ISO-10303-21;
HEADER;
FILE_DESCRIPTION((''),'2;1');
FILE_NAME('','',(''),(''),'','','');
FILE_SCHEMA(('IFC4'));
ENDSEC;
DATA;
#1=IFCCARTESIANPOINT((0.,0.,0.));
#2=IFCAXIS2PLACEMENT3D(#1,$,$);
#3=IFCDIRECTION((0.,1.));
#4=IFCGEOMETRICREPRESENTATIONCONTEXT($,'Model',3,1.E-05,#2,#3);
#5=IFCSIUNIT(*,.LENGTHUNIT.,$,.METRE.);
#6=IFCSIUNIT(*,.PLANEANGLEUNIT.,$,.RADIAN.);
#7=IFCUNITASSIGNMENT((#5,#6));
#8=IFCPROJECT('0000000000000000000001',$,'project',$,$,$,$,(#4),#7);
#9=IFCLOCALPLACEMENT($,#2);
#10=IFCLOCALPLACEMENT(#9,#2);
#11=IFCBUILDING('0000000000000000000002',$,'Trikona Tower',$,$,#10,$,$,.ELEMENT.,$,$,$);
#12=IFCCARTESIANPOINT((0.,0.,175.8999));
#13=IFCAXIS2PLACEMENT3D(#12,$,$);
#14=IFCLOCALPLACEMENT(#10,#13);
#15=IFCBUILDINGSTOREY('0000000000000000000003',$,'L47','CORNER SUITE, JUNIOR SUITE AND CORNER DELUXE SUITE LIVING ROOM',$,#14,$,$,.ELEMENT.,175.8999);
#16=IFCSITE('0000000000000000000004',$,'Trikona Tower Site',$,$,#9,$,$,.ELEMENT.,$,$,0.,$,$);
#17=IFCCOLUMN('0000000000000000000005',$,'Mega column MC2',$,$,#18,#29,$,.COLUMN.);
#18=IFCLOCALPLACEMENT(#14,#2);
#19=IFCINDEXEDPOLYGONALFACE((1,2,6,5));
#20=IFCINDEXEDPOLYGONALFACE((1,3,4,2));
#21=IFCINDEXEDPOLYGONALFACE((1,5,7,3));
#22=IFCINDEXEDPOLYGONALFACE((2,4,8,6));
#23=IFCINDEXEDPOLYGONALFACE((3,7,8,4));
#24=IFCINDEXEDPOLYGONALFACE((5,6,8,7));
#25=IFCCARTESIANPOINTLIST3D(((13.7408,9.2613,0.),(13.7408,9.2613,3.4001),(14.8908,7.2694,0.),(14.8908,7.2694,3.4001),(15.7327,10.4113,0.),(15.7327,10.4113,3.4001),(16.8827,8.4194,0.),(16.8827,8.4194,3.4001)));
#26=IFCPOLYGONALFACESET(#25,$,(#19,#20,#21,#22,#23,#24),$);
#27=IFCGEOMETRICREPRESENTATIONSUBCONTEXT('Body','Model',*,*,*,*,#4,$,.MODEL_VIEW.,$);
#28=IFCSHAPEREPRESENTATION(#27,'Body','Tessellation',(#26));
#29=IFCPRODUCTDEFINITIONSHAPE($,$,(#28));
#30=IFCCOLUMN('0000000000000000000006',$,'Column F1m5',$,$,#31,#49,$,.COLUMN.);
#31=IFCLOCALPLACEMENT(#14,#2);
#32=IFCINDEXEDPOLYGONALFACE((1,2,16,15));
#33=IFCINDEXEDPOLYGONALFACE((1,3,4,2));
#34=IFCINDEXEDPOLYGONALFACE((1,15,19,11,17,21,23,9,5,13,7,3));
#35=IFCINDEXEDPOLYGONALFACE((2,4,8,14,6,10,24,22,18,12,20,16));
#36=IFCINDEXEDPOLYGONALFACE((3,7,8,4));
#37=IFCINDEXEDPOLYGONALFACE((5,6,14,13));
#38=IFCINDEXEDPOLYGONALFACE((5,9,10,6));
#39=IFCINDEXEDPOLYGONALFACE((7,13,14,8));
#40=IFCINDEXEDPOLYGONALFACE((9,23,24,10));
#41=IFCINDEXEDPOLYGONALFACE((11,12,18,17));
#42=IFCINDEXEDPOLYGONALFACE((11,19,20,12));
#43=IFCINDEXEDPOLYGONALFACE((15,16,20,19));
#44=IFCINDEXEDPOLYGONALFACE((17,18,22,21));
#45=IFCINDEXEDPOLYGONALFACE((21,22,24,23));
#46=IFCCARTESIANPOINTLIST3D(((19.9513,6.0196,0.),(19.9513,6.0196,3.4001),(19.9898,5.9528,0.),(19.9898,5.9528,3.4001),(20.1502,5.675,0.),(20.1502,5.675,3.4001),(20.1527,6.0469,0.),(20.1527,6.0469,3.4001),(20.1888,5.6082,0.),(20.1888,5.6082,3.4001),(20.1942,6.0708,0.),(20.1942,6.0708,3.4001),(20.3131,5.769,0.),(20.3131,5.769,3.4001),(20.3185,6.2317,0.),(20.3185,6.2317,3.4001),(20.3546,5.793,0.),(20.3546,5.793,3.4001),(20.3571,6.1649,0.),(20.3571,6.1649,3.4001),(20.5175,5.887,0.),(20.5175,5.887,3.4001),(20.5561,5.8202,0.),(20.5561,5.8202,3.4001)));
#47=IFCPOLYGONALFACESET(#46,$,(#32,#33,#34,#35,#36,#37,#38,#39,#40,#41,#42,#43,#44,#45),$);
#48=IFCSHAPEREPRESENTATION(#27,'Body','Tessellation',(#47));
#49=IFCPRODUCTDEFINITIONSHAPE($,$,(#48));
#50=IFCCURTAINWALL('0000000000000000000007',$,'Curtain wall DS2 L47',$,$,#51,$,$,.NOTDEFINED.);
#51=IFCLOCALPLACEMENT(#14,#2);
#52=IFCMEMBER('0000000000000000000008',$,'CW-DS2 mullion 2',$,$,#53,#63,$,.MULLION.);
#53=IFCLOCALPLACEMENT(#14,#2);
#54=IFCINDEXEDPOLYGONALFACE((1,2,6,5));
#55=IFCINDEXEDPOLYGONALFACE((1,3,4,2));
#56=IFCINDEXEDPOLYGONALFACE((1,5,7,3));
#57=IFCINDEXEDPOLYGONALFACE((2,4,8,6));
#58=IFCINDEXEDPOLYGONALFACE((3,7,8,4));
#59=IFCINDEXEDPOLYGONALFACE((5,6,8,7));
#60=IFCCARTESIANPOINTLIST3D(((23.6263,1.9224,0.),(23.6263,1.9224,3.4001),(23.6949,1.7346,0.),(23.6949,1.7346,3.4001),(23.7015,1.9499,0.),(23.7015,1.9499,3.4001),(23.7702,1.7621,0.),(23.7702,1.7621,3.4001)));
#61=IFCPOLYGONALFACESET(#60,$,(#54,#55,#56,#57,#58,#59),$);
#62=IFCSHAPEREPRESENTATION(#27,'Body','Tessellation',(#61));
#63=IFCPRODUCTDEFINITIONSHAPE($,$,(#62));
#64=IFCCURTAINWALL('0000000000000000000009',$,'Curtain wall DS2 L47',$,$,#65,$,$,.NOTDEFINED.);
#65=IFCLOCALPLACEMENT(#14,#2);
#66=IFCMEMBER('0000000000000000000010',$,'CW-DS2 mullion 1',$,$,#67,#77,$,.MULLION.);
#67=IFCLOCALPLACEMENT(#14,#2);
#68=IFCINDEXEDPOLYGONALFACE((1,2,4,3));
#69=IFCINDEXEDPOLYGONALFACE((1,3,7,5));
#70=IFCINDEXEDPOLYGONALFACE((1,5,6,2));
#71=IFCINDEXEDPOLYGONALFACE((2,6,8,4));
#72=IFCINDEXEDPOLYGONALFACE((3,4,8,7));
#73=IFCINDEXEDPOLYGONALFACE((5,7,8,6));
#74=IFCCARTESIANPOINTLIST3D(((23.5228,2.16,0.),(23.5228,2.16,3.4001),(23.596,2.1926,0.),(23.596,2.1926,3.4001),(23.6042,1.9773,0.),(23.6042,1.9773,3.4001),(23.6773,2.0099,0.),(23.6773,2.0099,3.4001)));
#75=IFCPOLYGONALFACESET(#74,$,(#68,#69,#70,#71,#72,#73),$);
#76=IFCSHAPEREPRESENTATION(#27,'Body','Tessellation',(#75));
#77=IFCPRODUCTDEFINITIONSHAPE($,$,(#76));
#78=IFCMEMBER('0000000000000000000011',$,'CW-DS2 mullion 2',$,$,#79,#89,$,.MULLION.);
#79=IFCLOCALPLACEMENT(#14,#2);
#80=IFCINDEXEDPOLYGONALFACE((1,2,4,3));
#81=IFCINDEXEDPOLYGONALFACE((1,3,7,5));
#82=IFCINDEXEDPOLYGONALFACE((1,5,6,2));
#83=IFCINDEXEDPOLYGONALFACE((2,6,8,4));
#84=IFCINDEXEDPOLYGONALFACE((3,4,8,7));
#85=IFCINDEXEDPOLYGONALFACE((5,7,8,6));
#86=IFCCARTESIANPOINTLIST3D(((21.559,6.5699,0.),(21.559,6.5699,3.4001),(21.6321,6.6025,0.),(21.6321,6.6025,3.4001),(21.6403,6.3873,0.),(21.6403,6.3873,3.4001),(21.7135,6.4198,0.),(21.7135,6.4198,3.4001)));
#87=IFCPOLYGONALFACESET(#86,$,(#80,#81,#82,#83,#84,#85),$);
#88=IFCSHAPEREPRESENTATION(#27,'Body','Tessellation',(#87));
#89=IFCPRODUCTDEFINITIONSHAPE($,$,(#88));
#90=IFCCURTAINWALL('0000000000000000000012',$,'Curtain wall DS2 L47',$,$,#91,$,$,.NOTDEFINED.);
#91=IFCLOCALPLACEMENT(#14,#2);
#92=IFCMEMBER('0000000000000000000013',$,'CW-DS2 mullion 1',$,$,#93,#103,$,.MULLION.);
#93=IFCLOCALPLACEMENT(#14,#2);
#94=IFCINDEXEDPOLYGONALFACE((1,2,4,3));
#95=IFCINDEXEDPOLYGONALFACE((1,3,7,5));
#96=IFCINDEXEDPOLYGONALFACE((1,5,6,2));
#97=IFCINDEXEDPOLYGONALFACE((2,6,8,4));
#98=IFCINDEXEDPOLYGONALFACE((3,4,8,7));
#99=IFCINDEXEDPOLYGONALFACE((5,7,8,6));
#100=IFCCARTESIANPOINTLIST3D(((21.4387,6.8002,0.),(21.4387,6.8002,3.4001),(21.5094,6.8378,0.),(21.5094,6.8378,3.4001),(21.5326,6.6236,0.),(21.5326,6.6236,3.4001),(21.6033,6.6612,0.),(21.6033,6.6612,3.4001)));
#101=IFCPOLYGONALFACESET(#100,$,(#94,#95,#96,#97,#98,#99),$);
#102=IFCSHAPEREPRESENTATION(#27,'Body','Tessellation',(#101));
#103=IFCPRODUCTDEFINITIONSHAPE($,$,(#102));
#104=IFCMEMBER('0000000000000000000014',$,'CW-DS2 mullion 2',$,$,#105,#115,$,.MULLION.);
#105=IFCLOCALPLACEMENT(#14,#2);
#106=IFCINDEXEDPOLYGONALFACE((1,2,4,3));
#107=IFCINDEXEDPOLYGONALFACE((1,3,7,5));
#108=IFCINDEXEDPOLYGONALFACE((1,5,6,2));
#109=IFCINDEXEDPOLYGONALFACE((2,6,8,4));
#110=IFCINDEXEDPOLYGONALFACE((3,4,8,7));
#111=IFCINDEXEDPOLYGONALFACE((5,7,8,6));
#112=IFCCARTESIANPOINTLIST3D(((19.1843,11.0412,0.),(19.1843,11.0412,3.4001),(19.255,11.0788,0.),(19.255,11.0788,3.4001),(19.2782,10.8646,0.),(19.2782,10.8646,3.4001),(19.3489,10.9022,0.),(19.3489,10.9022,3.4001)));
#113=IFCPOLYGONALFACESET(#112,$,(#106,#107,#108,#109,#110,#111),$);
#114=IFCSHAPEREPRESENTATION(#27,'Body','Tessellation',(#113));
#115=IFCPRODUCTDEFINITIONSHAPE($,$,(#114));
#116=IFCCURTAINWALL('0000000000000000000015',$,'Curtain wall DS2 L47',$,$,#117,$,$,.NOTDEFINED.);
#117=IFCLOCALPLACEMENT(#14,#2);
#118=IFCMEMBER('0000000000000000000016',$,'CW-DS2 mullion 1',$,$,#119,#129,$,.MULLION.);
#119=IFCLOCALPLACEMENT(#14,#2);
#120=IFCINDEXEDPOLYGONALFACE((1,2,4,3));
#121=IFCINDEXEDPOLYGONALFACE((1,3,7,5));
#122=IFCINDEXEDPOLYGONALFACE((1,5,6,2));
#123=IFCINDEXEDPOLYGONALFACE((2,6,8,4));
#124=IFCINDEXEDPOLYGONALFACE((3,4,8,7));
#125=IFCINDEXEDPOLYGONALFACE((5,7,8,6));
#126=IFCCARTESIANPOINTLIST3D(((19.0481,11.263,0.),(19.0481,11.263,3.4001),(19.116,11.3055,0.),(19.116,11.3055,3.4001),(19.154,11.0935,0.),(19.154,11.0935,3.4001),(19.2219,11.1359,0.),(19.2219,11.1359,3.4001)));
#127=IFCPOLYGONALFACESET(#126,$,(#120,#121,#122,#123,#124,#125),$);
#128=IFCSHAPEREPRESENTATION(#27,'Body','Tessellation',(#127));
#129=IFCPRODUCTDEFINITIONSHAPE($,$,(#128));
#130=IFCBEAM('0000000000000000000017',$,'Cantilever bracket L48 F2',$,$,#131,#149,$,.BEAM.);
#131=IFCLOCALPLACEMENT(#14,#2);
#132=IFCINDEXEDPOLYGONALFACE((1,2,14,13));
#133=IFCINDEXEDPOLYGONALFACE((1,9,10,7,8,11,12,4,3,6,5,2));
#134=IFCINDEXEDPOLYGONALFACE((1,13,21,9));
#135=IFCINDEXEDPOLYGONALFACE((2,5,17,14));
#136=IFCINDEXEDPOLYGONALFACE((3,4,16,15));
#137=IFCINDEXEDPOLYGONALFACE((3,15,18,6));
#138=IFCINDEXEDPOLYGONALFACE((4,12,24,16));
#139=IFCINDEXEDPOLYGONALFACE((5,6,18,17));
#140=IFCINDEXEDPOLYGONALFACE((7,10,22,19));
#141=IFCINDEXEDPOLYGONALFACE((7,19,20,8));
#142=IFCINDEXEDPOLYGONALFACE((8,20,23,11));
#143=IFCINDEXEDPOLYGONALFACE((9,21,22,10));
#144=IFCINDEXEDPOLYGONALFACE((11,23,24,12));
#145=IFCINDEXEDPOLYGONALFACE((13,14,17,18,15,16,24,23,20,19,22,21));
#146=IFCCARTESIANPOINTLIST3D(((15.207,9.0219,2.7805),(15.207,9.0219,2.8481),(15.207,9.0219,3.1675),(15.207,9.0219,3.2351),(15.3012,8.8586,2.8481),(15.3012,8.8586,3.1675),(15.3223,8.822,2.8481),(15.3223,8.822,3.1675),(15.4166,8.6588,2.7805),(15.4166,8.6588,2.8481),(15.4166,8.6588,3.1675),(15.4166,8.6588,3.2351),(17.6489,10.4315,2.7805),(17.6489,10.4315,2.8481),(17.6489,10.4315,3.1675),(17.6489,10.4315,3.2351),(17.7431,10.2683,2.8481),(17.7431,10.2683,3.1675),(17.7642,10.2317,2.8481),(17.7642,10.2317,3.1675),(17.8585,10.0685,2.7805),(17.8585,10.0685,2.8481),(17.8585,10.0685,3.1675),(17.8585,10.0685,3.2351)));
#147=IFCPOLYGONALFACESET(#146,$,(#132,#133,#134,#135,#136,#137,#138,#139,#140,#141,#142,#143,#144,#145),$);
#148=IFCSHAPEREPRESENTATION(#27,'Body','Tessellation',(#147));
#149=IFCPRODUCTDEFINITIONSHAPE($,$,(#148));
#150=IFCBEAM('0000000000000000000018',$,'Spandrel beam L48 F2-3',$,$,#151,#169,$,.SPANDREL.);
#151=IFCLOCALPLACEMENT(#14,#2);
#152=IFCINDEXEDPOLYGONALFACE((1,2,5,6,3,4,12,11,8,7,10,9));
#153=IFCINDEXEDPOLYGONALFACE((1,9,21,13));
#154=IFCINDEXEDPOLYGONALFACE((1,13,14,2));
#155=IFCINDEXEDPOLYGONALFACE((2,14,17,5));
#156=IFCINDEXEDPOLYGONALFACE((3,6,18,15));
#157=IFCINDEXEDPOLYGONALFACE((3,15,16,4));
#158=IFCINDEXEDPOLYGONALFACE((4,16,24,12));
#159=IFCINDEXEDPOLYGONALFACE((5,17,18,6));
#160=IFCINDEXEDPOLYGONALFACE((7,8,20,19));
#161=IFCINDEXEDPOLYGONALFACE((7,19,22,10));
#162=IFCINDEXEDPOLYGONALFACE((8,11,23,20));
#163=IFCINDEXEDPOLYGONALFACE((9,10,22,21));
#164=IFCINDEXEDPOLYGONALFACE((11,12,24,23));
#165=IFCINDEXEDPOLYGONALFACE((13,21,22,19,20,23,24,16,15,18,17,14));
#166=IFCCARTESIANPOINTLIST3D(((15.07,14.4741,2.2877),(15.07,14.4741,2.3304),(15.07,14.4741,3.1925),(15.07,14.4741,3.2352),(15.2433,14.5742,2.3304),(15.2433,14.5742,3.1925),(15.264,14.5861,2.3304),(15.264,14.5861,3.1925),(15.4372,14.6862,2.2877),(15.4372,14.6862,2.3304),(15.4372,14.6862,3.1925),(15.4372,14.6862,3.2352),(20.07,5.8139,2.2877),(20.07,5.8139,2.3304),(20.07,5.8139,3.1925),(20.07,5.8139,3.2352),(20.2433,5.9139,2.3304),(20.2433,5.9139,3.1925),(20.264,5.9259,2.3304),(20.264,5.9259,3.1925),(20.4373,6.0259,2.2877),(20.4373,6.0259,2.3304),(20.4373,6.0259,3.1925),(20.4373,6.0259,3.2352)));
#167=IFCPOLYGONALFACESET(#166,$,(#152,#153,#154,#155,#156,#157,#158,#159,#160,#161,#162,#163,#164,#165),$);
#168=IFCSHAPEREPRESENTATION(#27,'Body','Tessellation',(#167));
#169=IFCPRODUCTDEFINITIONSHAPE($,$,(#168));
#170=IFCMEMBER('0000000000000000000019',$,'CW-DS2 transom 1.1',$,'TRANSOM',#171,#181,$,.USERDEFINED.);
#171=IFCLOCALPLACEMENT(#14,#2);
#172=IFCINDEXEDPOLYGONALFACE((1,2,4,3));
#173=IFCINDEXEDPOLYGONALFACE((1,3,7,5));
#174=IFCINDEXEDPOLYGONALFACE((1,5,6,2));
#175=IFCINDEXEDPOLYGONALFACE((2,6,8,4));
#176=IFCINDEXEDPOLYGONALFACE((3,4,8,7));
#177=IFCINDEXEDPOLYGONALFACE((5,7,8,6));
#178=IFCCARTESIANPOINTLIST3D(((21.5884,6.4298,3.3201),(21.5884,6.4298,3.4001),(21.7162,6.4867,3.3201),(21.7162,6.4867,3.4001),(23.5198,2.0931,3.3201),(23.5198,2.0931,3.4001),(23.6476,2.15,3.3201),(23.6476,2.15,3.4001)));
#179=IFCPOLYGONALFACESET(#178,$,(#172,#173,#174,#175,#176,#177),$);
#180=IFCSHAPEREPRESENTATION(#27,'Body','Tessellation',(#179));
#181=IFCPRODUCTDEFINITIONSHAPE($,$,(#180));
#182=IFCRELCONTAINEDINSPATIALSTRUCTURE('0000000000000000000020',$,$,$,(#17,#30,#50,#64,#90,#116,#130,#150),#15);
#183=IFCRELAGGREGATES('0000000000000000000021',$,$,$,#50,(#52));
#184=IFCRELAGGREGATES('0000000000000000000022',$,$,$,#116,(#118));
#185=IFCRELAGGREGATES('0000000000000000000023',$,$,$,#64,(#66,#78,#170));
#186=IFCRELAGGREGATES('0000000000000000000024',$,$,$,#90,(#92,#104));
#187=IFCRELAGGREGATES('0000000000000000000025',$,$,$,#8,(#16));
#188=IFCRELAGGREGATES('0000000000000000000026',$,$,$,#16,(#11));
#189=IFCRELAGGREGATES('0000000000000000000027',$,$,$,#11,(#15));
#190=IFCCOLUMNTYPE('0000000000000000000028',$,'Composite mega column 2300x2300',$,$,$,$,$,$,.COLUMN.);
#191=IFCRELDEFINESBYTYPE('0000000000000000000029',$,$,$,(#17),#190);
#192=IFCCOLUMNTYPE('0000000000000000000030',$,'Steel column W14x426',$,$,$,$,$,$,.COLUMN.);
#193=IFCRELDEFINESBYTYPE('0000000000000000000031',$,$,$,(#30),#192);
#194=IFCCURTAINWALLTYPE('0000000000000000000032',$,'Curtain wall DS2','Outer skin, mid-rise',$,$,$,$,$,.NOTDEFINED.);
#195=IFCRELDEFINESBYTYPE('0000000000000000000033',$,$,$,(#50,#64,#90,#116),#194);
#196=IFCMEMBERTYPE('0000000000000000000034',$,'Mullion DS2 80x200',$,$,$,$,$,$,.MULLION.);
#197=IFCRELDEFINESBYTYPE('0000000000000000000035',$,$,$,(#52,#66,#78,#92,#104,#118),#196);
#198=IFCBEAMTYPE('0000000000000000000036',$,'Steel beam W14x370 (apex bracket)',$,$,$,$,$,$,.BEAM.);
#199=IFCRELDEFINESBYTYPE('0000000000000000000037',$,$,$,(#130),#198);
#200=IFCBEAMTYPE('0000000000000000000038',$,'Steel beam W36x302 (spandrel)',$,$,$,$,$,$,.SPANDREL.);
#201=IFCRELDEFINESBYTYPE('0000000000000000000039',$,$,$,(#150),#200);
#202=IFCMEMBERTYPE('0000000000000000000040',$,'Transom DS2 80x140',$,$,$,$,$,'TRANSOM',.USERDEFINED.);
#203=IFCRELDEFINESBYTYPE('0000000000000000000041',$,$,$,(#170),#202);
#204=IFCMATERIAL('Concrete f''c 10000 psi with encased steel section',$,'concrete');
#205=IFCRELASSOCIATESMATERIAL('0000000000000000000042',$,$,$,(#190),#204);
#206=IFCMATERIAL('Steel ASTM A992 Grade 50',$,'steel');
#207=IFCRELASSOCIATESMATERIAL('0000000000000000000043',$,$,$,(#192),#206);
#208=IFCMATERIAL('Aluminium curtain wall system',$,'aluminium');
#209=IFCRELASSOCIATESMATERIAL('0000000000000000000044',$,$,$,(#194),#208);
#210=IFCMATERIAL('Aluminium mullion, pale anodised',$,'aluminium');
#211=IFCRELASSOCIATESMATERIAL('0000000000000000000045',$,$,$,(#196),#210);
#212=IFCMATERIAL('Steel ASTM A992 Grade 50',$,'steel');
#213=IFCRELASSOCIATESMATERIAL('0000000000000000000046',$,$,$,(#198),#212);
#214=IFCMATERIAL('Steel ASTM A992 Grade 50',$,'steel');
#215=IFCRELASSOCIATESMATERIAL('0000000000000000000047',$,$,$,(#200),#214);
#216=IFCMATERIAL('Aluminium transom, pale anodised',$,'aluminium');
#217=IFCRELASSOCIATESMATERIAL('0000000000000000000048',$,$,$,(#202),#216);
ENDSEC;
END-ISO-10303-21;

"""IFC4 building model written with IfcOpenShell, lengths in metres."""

from ifc_helpers import new_model, si_unit, direction, frame, origin, origin_2d, place, context, subcontext, project, spatial, rectangle, i_section, extrude, material, material_profile, profile_set, type_object, element, aggregate, save


model = new_model("IFC4")

# Units and contexts
model_context = context("Model", 3, precision=1e-05, world=origin(), true_north=direction((0.0, 1.0)))
body_context = subcontext(model_context, "Body", "Model", "MODEL_VIEW")
ifc_project = project(units=[si_unit("LENGTHUNIT", "METRE"), si_unit("PLANEANGLEUNIT", "RADIAN")], contexts=[model_context])

# Site, building, storey
site_placement = place(None, origin())
site = spatial("IfcSite", under=ifc_project, at=site_placement, Name="Trikona Tower Site", CompositionType="ELEMENT", RefElevation=0.0)
building_placement = place(site_placement, origin())
building = spatial("IfcBuilding", under=site, at=building_placement, Name="Trikona Tower", CompositionType="ELEMENT")
storey_placement = place(building_placement, frame((0.0, 0.0, 175.8999)))
storey = spatial("IfcBuildingStorey", under=building, at=storey_placement, Name="L47", Description="CORNER SUITE, JUNIOR SUITE AND CORNER DELUXE SUITE LIVING ROOM", CompositionType="ELEMENT", Elevation=175.8999)

# Columns
ifc_material_1 = material(Name="Concrete f'c 10000 psi with encased steel section", Category="concrete")
ifc_material_profile_1 = material_profile(ifc_material_1, rectangle(XDim=2.3, YDim=2.3, at=origin_2d()), Name="MC2300")
ifc_profile_set_1 = profile_set([ifc_material_profile_1], Name="Concrete f'c 10000 psi with encased steel section")
column_type_1 = type_object("IfcColumnType", Name="Composite mega column 2300x2300", PredefinedType="COLUMN", material=ifc_profile_set_1)
column_1_placement = place(storey_placement, frame((15.3118, 8.8403, 0.0), z_axis=(0.0, 0.0, 1.0), x_axis=(0.866025, 0.5, 0.0)))
element("IfcColumn", 1, at=column_1_placement, inside=storey, type_object=column_type_1, Name="Mega column MC2", PredefinedType="COLUMN", context=body_context, shape_type="SweptSolid", body=[
    extrude(rectangle(XDim=2.3, YDim=2.3, at=origin_2d()), origin(), (0.0, 0.0, 1.0), 3.4001),
])
ifc_material_2 = material(Name="Steel ASTM A992 Grade 50", Category="steel")
ifc_material_profile_2 = material_profile(ifc_material_2, i_section(OverallWidth=0.4241, OverallDepth=0.4751, WebThickness=0.0479, FlangeThickness=0.0771, at=origin_2d()), Name="W14X426")
ifc_profile_set_2 = profile_set([ifc_material_profile_2], Name="Steel ASTM A992 Grade 50")
column_type_2 = type_object("IfcColumnType", Name="Steel column W14x426", PredefinedType="COLUMN", material=ifc_profile_set_2)
column_2_placement = place(storey_placement, frame((20.2537, 5.9199, 0.0), z_axis=(0.0, 0.0, 1.0), x_axis=(0.866025, 0.5, 0.0)))
element("IfcColumn", 2, at=column_2_placement, inside=storey, type_object=column_type_2, Name="Column F1m5", PredefinedType="COLUMN", context=body_context, shape_type="SweptSolid", body=[
    extrude(i_section(OverallWidth=0.4241, OverallDepth=0.4751, WebThickness=0.0479, FlangeThickness=0.0771, at=origin_2d()), origin(), (0.0, 0.0, 1.0), 3.4001),
])

# Curtain wall, member
ifc_material_3 = material(Name="Aluminium curtain wall system", Category="aluminium")
curtain_wall_type = type_object("IfcCurtainWallType", Name="Curtain wall DS2", Description="Outer skin, mid-rise", PredefinedType="NOTDEFINED", material=ifc_material_3)
curtain_wall_1_placement = place(storey_placement, origin())
curtain_wall_1 = element("IfcCurtainWall", 3, at=curtain_wall_1_placement, inside=storey, type_object=curtain_wall_type, Name="Curtain wall DS2 L47", PredefinedType="NOTDEFINED")
ifc_material_4 = material(Name="Aluminium mullion, pale anodised", Category="aluminium")
ifc_material_profile_3 = material_profile(ifc_material_4, rectangle(XDim=0.0801, YDim=0.2, at=origin_2d()), Name="MUL-DS2")
ifc_profile_set_3 = profile_set([ifc_material_profile_3], Name="Aluminium mullion, pale anodised")
member_type_1 = type_object("IfcMemberType", Name="Mullion DS2 80x200", PredefinedType="MULLION", material=ifc_profile_set_3)
member_1_placement = place(storey_placement, frame((23.6982, 1.8423, 0.0), z_axis=(0.0, 0.0, 1.0), x_axis=(-0.939254, -0.343223, 0.0)))
member_1 = element("IfcMember", 4, at=member_1_placement, type_object=member_type_1, Name="CW-DS2 mullion 2", PredefinedType="MULLION", context=body_context, shape_type="SweptSolid", body=[
    extrude(rectangle(XDim=0.0801, YDim=0.2, at=origin_2d()), origin(), (0.0, 0.0, 1.0), 3.4001),
])
aggregate(curtain_wall_1, [member_1])

# Curtain walls, members
curtain_wall_2_placement = place(storey_placement, origin())
curtain_wall_2 = element("IfcCurtainWall", 5, at=curtain_wall_2_placement, inside=storey, type_object=curtain_wall_type, Name="Curtain wall DS2 L47", PredefinedType="NOTDEFINED")
member_2_placement = place(storey_placement, frame((23.6001, 2.085, 0.0), z_axis=(0.0, 0.0, 1.0), x_axis=(-0.913501, -0.406836, 0.0)))
member_2 = element("IfcMember", 6, at=member_2_placement, type_object=member_type_1, Name="CW-DS2 mullion 1", PredefinedType="MULLION", context=body_context, shape_type="SweptSolid", body=[
    extrude(rectangle(XDim=0.0801, YDim=0.2, at=origin_2d()), origin(), (0.0, 0.0, 1.0), 3.4001),
])
member_3_placement = place(storey_placement, frame((21.6362, 6.4949, 0.0), z_axis=(0.0, 0.0, 1.0), x_axis=(-0.913501, -0.406836, 0.0)))
member_3 = element("IfcMember", 7, at=member_3_placement, type_object=member_type_1, Name="CW-DS2 mullion 2", PredefinedType="MULLION", context=body_context, shape_type="SweptSolid", body=[
    extrude(rectangle(XDim=0.0801, YDim=0.2, at=origin_2d()), origin(), (0.0, 0.0, 1.0), 3.4001),
])
curtain_wall_3_placement = place(storey_placement, origin())
curtain_wall_3 = element("IfcCurtainWall", 8, at=curtain_wall_3_placement, inside=storey, type_object=curtain_wall_type, Name="Curtain wall DS2 L47", PredefinedType="NOTDEFINED")
member_4_placement = place(storey_placement, frame((21.521, 6.7307, 0.0), z_axis=(0.0, 0.0, 1.0), x_axis=(-0.882996, -0.46938, 0.0)))
member_4 = element("IfcMember", 9, at=member_4_placement, type_object=member_type_1, Name="CW-DS2 mullion 1", PredefinedType="MULLION", context=body_context, shape_type="SweptSolid", body=[
    extrude(rectangle(XDim=0.0801, YDim=0.2, at=origin_2d()), origin(), (0.0, 0.0, 1.0), 3.4001),
])
member_5_placement = place(storey_placement, frame((19.2666, 10.9717, 0.0), z_axis=(0.0, 0.0, 1.0), x_axis=(-0.882996, -0.46938, 0.0)))
member_5 = element("IfcMember", 10, at=member_5_placement, type_object=member_type_1, Name="CW-DS2 mullion 2", PredefinedType="MULLION", context=body_context, shape_type="SweptSolid", body=[
    extrude(rectangle(XDim=0.0801, YDim=0.2, at=origin_2d()), origin(), (0.0, 0.0, 1.0), 3.4001),
])

# Curtain wall, member
curtain_wall_4_placement = place(storey_placement, origin())
curtain_wall_4 = element("IfcCurtainWall", 11, at=curtain_wall_4_placement, inside=storey, type_object=curtain_wall_type, Name="Curtain wall DS2 L47", PredefinedType="NOTDEFINED")
member_6_placement = place(storey_placement, frame((19.135, 11.1995, 0.0), z_axis=(0.0, 0.0, 1.0), x_axis=(-0.847998, -0.529999, 0.0)))
member_6 = element("IfcMember", 12, at=member_6_placement, type_object=member_type_1, Name="CW-DS2 mullion 1", PredefinedType="MULLION", context=body_context, shape_type="SweptSolid", body=[
    extrude(rectangle(XDim=0.0801, YDim=0.2, at=origin_2d()), origin(), (0.0, 0.0, 1.0), 3.4001),
])

# Beams
ifc_material_5 = material(Name="Steel ASTM A992 Grade 50", Category="steel")
ifc_material_profile_4 = material_profile(ifc_material_5, i_section(OverallWidth=0.4192, OverallDepth=0.4546, WebThickness=0.0422, FlangeThickness=0.0676, at=origin_2d()), Name="W14X370")
ifc_profile_set_4 = profile_set([ifc_material_profile_4], Name="Steel ASTM A992 Grade 50")
beam_type_1 = type_object("IfcBeamType", Name="Steel beam W14x370 (apex bracket)", PredefinedType="BEAM", material=ifc_profile_set_4)
beam_1_placement = place(storey_placement, frame((15.3118, 8.8403, 3.0078), z_axis=(0.86605, 0.499957, 0.0), x_axis=(-0.499957, 0.86605, 0.0)))
element("IfcBeam", 13, at=beam_1_placement, inside=storey, type_object=beam_type_1, Name="Cantilever bracket L48 F2", PredefinedType="BEAM", context=body_context, shape_type="SweptSolid", body=[
    extrude(i_section(OverallWidth=0.4192, OverallDepth=0.4546, WebThickness=0.0422, FlangeThickness=0.0676, at=origin_2d()), origin(), (0.0, 0.0, 1.0), 2.8196),
])
ifc_material_6 = material(Name="Steel ASTM A992 Grade 50", Category="steel")
ifc_material_profile_5 = material_profile(ifc_material_6, i_section(OverallWidth=0.4241, OverallDepth=0.9475, WebThickness=0.0239, FlangeThickness=0.0427, at=origin_2d()), Name="W36X302")
ifc_profile_set_5 = profile_set([ifc_material_profile_5], Name="Steel ASTM A992 Grade 50")
beam_type_2 = type_object("IfcBeamType", Name="Steel beam W36x302 (spandrel)", PredefinedType="SPANDREL", material=ifc_profile_set_5)
beam_2_placement = place(storey_placement, frame((20.2537, 5.9199, 2.7615), z_axis=(-0.500004, 0.866023, 0.0), x_axis=(-0.866023, -0.500004, 0.0)))
element("IfcBeam", 14, at=beam_2_placement, inside=storey, type_object=beam_type_2, Name="Spandrel beam L48 F2-3", PredefinedType="SPANDREL", context=body_context, shape_type="SweptSolid", body=[
    extrude(i_section(OverallWidth=0.4241, OverallDepth=0.9475, WebThickness=0.0239, FlangeThickness=0.0427, at=origin_2d()), origin(), (0.0, 0.0, 1.0), 10.0),
])

# Member
ifc_material_7 = material(Name="Aluminium transom, pale anodised", Category="aluminium")
ifc_material_profile_6 = material_profile(ifc_material_7, rectangle(XDim=0.1399, YDim=0.0801, at=origin_2d()), Name="TRN-DS2")
ifc_profile_set_6 = profile_set([ifc_material_profile_6], Name="Aluminium transom, pale anodised")
member_type_2 = type_object("IfcMemberType", Name="Transom DS2 80x140", ElementType="TRANSOM", PredefinedType="USERDEFINED", material=ifc_profile_set_6)
member_7_placement = place(storey_placement, frame((23.5837, 2.1216, 3.3601), z_axis=(-0.40684, 0.9135, 0.0), x_axis=(-0.9135, -0.40684, 0.0)))
member_7 = element("IfcMember", 15, at=member_7_placement, type_object=member_type_2, Name="CW-DS2 transom 1.1", ObjectType="TRANSOM", PredefinedType="USERDEFINED", context=body_context, shape_type="SweptSolid", body=[
    extrude(rectangle(XDim=0.1399, YDim=0.0801, at=origin_2d()), origin(), (0.0, 0.0, 1.0), 4.7473),
])
aggregate(curtain_wall_4, [member_6])

aggregate(curtain_wall_2, [member_2, member_3, member_7])
aggregate(curtain_wall_3, [member_4, member_5])

save(model, "model.ifc")
